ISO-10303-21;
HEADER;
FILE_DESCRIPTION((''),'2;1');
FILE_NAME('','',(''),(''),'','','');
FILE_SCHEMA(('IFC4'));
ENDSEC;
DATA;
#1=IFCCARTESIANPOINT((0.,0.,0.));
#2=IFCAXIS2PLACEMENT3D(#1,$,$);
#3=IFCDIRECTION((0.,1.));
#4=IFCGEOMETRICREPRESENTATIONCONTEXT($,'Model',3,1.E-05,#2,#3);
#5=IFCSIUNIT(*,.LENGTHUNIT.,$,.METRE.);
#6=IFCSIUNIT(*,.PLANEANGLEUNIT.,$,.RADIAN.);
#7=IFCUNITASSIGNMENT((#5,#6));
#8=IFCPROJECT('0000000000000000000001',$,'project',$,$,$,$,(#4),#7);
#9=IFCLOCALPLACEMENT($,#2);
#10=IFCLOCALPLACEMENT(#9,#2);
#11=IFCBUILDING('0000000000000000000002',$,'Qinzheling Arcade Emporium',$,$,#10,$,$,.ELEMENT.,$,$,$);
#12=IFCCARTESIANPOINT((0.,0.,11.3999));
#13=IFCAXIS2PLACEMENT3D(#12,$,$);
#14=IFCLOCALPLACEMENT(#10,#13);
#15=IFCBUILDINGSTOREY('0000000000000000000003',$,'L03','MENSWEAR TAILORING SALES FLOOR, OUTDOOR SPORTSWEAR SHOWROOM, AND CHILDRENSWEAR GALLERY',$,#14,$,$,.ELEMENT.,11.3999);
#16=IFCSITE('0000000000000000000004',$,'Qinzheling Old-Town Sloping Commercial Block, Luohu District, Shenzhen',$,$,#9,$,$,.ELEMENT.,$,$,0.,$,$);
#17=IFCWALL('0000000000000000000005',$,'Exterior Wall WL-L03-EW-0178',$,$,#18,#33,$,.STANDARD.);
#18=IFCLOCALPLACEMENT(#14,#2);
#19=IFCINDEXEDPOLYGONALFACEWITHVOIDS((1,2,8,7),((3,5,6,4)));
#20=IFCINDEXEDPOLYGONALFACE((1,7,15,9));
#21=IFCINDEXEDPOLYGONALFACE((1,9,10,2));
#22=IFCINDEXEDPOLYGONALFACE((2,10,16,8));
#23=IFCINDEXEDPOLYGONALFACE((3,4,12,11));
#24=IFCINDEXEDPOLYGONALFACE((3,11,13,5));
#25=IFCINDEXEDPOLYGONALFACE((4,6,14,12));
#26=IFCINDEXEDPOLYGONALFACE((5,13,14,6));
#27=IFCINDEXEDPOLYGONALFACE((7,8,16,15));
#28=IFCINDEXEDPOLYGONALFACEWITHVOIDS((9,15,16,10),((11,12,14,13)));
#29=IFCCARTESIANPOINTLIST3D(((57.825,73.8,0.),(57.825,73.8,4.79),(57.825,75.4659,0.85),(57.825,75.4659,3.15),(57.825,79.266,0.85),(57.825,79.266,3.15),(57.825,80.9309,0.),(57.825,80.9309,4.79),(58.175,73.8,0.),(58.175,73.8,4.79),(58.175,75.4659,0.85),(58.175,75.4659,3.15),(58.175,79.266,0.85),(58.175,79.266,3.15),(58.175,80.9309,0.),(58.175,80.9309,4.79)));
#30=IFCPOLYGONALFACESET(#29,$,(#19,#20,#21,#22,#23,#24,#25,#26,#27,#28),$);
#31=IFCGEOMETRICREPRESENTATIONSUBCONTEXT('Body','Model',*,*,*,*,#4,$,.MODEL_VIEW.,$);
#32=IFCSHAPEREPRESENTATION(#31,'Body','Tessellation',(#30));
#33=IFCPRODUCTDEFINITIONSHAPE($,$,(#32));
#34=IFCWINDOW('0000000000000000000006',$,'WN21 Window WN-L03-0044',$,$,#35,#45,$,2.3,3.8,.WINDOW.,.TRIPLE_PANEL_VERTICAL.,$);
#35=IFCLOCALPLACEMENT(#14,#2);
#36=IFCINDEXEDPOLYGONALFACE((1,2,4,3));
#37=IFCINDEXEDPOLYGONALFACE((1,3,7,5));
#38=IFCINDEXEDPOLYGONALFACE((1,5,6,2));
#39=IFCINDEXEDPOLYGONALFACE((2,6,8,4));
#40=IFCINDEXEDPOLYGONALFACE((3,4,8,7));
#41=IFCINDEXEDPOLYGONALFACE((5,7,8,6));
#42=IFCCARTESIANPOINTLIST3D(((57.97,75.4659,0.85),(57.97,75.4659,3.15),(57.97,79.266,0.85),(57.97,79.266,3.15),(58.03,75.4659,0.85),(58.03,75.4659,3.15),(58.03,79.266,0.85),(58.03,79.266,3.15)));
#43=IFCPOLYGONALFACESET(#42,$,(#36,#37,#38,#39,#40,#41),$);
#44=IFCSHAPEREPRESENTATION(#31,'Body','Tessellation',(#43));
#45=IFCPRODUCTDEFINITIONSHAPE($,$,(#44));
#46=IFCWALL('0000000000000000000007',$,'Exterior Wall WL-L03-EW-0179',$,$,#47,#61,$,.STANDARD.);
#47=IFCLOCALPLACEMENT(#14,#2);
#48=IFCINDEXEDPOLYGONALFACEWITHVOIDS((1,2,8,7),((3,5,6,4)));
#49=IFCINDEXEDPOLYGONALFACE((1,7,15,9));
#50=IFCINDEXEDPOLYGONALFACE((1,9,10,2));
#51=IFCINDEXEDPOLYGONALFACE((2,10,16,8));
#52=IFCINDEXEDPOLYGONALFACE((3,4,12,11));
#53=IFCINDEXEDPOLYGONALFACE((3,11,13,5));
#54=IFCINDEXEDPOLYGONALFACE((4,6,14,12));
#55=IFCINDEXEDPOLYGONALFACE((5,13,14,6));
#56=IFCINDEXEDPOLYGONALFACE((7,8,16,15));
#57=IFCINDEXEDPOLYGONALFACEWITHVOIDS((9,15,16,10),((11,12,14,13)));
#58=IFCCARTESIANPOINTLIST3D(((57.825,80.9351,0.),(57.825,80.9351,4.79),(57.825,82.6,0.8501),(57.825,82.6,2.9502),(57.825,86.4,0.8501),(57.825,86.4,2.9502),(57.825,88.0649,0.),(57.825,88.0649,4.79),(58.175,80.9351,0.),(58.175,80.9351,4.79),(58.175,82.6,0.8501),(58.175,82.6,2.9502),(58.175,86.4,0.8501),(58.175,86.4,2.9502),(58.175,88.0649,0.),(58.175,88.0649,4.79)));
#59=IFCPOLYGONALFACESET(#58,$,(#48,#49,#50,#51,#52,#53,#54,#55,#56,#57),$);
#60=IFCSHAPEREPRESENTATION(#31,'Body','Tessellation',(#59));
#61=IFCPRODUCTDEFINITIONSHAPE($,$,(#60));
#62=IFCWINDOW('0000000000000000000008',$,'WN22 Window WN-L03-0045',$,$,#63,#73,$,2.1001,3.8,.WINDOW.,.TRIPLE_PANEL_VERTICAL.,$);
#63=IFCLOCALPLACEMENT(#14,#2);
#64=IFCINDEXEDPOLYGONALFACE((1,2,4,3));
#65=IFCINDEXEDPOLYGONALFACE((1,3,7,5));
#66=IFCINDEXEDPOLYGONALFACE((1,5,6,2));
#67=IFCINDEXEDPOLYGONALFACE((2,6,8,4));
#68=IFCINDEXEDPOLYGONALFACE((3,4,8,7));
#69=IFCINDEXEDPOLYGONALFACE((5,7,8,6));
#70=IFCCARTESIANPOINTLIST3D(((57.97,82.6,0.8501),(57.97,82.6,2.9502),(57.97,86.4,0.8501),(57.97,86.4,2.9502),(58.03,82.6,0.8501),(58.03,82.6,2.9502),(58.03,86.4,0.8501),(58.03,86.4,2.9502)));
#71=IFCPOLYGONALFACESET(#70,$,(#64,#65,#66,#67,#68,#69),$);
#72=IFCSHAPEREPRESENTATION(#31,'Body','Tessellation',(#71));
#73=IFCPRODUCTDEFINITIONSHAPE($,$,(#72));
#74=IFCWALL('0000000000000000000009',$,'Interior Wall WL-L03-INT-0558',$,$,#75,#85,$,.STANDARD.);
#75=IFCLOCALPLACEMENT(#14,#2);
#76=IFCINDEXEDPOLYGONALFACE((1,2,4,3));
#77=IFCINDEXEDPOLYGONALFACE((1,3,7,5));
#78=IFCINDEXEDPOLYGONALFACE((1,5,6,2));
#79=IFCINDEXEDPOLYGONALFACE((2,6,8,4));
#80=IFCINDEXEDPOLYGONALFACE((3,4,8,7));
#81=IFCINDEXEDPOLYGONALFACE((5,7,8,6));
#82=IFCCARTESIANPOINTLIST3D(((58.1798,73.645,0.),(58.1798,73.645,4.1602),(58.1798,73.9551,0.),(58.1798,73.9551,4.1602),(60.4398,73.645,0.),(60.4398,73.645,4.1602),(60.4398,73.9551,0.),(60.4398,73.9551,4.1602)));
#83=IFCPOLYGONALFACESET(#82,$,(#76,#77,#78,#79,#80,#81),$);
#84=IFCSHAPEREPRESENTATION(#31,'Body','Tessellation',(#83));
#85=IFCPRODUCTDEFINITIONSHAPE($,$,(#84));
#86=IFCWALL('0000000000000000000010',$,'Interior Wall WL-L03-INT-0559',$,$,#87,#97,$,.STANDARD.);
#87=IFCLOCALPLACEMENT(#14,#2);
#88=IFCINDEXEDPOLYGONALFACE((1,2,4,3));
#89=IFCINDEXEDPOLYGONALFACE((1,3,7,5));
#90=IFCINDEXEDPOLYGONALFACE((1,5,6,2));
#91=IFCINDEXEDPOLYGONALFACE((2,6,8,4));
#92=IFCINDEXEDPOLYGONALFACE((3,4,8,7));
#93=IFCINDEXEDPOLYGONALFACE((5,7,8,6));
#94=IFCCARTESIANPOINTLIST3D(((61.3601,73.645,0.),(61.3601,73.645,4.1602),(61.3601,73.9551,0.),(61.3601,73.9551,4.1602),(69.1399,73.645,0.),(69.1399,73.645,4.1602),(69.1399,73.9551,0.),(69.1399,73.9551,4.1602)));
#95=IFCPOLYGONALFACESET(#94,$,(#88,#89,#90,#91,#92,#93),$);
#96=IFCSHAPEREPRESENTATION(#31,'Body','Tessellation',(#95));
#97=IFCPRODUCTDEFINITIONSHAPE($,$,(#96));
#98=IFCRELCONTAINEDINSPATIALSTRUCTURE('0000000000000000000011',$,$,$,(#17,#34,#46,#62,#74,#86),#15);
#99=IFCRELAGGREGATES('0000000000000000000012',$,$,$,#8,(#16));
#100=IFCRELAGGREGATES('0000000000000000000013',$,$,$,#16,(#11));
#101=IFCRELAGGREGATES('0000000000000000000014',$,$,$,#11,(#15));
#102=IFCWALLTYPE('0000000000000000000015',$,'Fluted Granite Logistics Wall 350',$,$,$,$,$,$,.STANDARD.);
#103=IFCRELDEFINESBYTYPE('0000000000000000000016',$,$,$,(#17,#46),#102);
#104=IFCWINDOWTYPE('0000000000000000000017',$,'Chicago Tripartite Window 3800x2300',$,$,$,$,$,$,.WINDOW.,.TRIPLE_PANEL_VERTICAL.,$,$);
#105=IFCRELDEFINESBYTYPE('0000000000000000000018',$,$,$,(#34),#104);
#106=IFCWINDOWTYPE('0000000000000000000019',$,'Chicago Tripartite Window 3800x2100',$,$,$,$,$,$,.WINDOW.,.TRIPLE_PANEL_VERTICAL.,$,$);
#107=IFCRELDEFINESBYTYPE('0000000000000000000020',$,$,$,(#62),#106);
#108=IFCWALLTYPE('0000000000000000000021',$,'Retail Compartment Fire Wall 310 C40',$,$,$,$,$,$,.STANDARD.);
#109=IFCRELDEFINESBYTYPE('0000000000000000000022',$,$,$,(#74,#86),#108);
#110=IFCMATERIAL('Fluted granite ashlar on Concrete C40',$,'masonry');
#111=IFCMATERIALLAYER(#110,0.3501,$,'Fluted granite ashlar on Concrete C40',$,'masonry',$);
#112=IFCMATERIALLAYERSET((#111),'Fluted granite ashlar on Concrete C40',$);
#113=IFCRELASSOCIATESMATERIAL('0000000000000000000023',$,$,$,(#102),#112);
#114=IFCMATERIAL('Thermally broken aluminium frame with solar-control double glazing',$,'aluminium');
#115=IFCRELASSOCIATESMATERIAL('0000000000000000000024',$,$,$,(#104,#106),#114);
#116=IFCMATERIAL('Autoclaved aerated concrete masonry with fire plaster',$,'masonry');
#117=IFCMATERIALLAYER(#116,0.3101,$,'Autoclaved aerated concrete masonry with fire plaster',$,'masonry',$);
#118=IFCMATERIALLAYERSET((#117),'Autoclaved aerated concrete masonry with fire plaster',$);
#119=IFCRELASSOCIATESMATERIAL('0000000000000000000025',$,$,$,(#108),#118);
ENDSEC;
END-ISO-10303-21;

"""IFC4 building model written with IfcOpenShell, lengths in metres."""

from ifc_helpers import new_model, si_unit, direction, frame, frame_2d, origin, place, context, subcontext, project, spatial, rectangle, extrude, material, layer, layer_set, type_object, element, fill, save


model = new_model("IFC4")

# Units and contexts
model_context = context("Model", 3, precision=1e-05, world=origin(), true_north=direction((0.0, 1.0)))
body_context = subcontext(model_context, "Body", "Model", "MODEL_VIEW")
ifc_project = project(units=[si_unit("LENGTHUNIT", "METRE"), si_unit("PLANEANGLEUNIT", "RADIAN")], contexts=[model_context])

# Site, building, storey
site_placement = place(None, origin())
site = spatial("IfcSite", under=ifc_project, at=site_placement, Name="Qinzheling Old-Town Sloping Commercial Block, Luohu District, Shenzhen", CompositionType="ELEMENT", RefElevation=0.0)
building_placement = place(site_placement, origin())
building = spatial("IfcBuilding", under=site, at=building_placement, Name="Qinzheling Arcade Emporium", CompositionType="ELEMENT")
storey_placement = place(building_placement, frame((0.0, 0.0, 11.3999)))
storey = spatial("IfcBuildingStorey", under=building, at=storey_placement, Name="L03", Description="MENSWEAR TAILORING SALES FLOOR, OUTDOOR SPORTSWEAR SHOWROOM, AND CHILDRENSWEAR GALLERY", CompositionType="ELEMENT", Elevation=11.3999)

# Shared definitions
ifc_material_1 = material(Name="Fluted granite ashlar on Concrete C40", Category="masonry")
ifc_layer_1 = layer(ifc_material_1, 0.3501, Name="Fluted granite ashlar on Concrete C40", Category="masonry")
ifc_layer_set_1 = layer_set([ifc_layer_1], Name="Fluted granite ashlar on Concrete C40")
wall_type_1 = type_object("IfcWallType", Name="Fluted Granite Logistics Wall 350", PredefinedType="STANDARD", material=ifc_layer_set_1)

# Walls, openings, windows
wall_1_placement = place(storey_placement, frame((58.0, 73.8, 0.0), z_axis=(0.0, 0.0, 1.0), x_axis=(0.0, 1.0, 0.0)))
wall_1 = element("IfcWall", 1, at=wall_1_placement, inside=storey, type_object=wall_type_1, Name="Exterior Wall WL-L03-EW-0178", PredefinedType="STANDARD", context=body_context, shape_type="SweptSolid", body=[
    extrude(rectangle(XDim=7.1309, YDim=0.3501, at=frame_2d((3.5654, 0.0))), origin(), (0.0, 0.0, 1.0), 4.79),
])
opening_1_placement = place(wall_1_placement, frame((1.666, 0.0, 0.8501)))
opening_1 = element("IfcOpeningElement", 2, at=opening_1_placement, cuts=wall_1, PredefinedType="OPENING", context=body_context, shape_type="SweptSolid", body=[
    extrude(rectangle(XDim=3.8, YDim=2.3, at=frame_2d((1.8999, 1.1499))), frame((0.0, 0.1851, 0.0), z_axis=(0.0, -1.0, 0.0), x_axis=(1.0, 0.0, 0.0)), (0.0, 0.0, 1.0), 0.3701),
])
ifc_material_2 = material(Name="Thermally broken aluminium frame with solar-control double glazing", Category="aluminium")
window_type_1 = type_object("IfcWindowType", Name="Chicago Tripartite Window 3800x2300", PartitioningType="TRIPLE_PANEL_VERTICAL", PredefinedType="WINDOW", material=ifc_material_2)
window_1_placement = place(opening_1_placement, origin())
window_1 = element("IfcWindow", 3, at=window_1_placement, inside=storey, type_object=window_type_1, Name="WN21 Window WN-L03-0044", OverallHeight=2.3, OverallWidth=3.8, PartitioningType="TRIPLE_PANEL_VERTICAL", PredefinedType="WINDOW", context=body_context, shape_type="SweptSolid", body=[
    extrude(rectangle(XDim=3.8, YDim=2.3, at=frame_2d((1.8999, 1.1499))), frame((0.0, 0.03, 0.0), z_axis=(0.0, -1.0, 0.0), x_axis=(1.0, 0.0, 0.0)), (0.0, 0.0, 1.0), 0.0601),
])
fill(opening_1, window_1)
wall_2_placement = place(storey_placement, frame((58.0, 80.9351, 0.0), z_axis=(0.0, 0.0, 1.0), x_axis=(0.0, 1.0, 0.0)))
wall_2 = element("IfcWall", 4, at=wall_2_placement, inside=storey, type_object=wall_type_1, Name="Exterior Wall WL-L03-EW-0179", PredefinedType="STANDARD", context=body_context, shape_type="SweptSolid", body=[
    extrude(rectangle(XDim=7.1299, YDim=0.3501, at=frame_2d((3.5649, 0.0))), origin(), (0.0, 0.0, 1.0), 4.79),
])
opening_2_placement = place(wall_2_placement, frame((1.665, 0.0, 0.8501)))
opening_2 = element("IfcOpeningElement", 5, at=opening_2_placement, cuts=wall_2, PredefinedType="OPENING", context=body_context, shape_type="SweptSolid", body=[
    extrude(rectangle(XDim=3.8, YDim=2.1001, at=frame_2d((1.8999, 1.05))), frame((0.0, 0.1851, 0.0), z_axis=(0.0, -1.0, 0.0), x_axis=(1.0, 0.0, 0.0)), (0.0, 0.0, 1.0), 0.3701),
])
window_type_2 = type_object("IfcWindowType", Name="Chicago Tripartite Window 3800x2100", PartitioningType="TRIPLE_PANEL_VERTICAL", PredefinedType="WINDOW", material=ifc_material_2)
window_2_placement = place(opening_2_placement, origin())
window_2 = element("IfcWindow", 6, at=window_2_placement, inside=storey, type_object=window_type_2, Name="WN22 Window WN-L03-0045", OverallHeight=2.1001, OverallWidth=3.8, PartitioningType="TRIPLE_PANEL_VERTICAL", PredefinedType="WINDOW", context=body_context, shape_type="SweptSolid", body=[
    extrude(rectangle(XDim=3.8, YDim=2.1001, at=frame_2d((1.8999, 1.05))), frame((0.0, 0.03, 0.0), z_axis=(0.0, -1.0, 0.0), x_axis=(1.0, 0.0, 0.0)), (0.0, 0.0, 1.0), 0.0601),
])
fill(opening_2, window_2)

# Walls
ifc_material_3 = material(Name="Autoclaved aerated concrete masonry with fire plaster", Category="masonry")
ifc_layer_2 = layer(ifc_material_3, 0.3101, Name="Autoclaved aerated concrete masonry with fire plaster", Category="masonry")
ifc_layer_set_2 = layer_set([ifc_layer_2], Name="Autoclaved aerated concrete masonry with fire plaster")
wall_type_2 = type_object("IfcWallType", Name="Retail Compartment Fire Wall 310 C40", PredefinedType="STANDARD", material=ifc_layer_set_2)
wall_3_placement = place(storey_placement, frame((58.1799, 73.8, 0.0), z_axis=(0.0, 0.0, 1.0), x_axis=(1.0, 0.0, 0.0)))
element("IfcWall", 7, at=wall_3_placement, inside=storey, type_object=wall_type_2, Name="Interior Wall WL-L03-INT-0558", PredefinedType="STANDARD", context=body_context, shape_type="SweptSolid", body=[
    extrude(rectangle(XDim=2.26, YDim=0.3101, at=frame_2d((1.1299, 0.0))), origin(), (0.0, 0.0, 1.0), 4.1602),
])
wall_4_placement = place(storey_placement, frame((61.3601, 73.8, 0.0), z_axis=(0.0, 0.0, 1.0), x_axis=(1.0, 0.0, 0.0)))
element("IfcWall", 8, at=wall_4_placement, inside=storey, type_object=wall_type_2, Name="Interior Wall WL-L03-INT-0559", PredefinedType="STANDARD", context=body_context, shape_type="SweptSolid", body=[
    extrude(rectangle(XDim=7.7798, YDim=0.3101, at=frame_2d((3.8899, 0.0))), origin(), (0.0, 0.0, 1.0), 4.1602),
])

save(model, "model.ifc")
